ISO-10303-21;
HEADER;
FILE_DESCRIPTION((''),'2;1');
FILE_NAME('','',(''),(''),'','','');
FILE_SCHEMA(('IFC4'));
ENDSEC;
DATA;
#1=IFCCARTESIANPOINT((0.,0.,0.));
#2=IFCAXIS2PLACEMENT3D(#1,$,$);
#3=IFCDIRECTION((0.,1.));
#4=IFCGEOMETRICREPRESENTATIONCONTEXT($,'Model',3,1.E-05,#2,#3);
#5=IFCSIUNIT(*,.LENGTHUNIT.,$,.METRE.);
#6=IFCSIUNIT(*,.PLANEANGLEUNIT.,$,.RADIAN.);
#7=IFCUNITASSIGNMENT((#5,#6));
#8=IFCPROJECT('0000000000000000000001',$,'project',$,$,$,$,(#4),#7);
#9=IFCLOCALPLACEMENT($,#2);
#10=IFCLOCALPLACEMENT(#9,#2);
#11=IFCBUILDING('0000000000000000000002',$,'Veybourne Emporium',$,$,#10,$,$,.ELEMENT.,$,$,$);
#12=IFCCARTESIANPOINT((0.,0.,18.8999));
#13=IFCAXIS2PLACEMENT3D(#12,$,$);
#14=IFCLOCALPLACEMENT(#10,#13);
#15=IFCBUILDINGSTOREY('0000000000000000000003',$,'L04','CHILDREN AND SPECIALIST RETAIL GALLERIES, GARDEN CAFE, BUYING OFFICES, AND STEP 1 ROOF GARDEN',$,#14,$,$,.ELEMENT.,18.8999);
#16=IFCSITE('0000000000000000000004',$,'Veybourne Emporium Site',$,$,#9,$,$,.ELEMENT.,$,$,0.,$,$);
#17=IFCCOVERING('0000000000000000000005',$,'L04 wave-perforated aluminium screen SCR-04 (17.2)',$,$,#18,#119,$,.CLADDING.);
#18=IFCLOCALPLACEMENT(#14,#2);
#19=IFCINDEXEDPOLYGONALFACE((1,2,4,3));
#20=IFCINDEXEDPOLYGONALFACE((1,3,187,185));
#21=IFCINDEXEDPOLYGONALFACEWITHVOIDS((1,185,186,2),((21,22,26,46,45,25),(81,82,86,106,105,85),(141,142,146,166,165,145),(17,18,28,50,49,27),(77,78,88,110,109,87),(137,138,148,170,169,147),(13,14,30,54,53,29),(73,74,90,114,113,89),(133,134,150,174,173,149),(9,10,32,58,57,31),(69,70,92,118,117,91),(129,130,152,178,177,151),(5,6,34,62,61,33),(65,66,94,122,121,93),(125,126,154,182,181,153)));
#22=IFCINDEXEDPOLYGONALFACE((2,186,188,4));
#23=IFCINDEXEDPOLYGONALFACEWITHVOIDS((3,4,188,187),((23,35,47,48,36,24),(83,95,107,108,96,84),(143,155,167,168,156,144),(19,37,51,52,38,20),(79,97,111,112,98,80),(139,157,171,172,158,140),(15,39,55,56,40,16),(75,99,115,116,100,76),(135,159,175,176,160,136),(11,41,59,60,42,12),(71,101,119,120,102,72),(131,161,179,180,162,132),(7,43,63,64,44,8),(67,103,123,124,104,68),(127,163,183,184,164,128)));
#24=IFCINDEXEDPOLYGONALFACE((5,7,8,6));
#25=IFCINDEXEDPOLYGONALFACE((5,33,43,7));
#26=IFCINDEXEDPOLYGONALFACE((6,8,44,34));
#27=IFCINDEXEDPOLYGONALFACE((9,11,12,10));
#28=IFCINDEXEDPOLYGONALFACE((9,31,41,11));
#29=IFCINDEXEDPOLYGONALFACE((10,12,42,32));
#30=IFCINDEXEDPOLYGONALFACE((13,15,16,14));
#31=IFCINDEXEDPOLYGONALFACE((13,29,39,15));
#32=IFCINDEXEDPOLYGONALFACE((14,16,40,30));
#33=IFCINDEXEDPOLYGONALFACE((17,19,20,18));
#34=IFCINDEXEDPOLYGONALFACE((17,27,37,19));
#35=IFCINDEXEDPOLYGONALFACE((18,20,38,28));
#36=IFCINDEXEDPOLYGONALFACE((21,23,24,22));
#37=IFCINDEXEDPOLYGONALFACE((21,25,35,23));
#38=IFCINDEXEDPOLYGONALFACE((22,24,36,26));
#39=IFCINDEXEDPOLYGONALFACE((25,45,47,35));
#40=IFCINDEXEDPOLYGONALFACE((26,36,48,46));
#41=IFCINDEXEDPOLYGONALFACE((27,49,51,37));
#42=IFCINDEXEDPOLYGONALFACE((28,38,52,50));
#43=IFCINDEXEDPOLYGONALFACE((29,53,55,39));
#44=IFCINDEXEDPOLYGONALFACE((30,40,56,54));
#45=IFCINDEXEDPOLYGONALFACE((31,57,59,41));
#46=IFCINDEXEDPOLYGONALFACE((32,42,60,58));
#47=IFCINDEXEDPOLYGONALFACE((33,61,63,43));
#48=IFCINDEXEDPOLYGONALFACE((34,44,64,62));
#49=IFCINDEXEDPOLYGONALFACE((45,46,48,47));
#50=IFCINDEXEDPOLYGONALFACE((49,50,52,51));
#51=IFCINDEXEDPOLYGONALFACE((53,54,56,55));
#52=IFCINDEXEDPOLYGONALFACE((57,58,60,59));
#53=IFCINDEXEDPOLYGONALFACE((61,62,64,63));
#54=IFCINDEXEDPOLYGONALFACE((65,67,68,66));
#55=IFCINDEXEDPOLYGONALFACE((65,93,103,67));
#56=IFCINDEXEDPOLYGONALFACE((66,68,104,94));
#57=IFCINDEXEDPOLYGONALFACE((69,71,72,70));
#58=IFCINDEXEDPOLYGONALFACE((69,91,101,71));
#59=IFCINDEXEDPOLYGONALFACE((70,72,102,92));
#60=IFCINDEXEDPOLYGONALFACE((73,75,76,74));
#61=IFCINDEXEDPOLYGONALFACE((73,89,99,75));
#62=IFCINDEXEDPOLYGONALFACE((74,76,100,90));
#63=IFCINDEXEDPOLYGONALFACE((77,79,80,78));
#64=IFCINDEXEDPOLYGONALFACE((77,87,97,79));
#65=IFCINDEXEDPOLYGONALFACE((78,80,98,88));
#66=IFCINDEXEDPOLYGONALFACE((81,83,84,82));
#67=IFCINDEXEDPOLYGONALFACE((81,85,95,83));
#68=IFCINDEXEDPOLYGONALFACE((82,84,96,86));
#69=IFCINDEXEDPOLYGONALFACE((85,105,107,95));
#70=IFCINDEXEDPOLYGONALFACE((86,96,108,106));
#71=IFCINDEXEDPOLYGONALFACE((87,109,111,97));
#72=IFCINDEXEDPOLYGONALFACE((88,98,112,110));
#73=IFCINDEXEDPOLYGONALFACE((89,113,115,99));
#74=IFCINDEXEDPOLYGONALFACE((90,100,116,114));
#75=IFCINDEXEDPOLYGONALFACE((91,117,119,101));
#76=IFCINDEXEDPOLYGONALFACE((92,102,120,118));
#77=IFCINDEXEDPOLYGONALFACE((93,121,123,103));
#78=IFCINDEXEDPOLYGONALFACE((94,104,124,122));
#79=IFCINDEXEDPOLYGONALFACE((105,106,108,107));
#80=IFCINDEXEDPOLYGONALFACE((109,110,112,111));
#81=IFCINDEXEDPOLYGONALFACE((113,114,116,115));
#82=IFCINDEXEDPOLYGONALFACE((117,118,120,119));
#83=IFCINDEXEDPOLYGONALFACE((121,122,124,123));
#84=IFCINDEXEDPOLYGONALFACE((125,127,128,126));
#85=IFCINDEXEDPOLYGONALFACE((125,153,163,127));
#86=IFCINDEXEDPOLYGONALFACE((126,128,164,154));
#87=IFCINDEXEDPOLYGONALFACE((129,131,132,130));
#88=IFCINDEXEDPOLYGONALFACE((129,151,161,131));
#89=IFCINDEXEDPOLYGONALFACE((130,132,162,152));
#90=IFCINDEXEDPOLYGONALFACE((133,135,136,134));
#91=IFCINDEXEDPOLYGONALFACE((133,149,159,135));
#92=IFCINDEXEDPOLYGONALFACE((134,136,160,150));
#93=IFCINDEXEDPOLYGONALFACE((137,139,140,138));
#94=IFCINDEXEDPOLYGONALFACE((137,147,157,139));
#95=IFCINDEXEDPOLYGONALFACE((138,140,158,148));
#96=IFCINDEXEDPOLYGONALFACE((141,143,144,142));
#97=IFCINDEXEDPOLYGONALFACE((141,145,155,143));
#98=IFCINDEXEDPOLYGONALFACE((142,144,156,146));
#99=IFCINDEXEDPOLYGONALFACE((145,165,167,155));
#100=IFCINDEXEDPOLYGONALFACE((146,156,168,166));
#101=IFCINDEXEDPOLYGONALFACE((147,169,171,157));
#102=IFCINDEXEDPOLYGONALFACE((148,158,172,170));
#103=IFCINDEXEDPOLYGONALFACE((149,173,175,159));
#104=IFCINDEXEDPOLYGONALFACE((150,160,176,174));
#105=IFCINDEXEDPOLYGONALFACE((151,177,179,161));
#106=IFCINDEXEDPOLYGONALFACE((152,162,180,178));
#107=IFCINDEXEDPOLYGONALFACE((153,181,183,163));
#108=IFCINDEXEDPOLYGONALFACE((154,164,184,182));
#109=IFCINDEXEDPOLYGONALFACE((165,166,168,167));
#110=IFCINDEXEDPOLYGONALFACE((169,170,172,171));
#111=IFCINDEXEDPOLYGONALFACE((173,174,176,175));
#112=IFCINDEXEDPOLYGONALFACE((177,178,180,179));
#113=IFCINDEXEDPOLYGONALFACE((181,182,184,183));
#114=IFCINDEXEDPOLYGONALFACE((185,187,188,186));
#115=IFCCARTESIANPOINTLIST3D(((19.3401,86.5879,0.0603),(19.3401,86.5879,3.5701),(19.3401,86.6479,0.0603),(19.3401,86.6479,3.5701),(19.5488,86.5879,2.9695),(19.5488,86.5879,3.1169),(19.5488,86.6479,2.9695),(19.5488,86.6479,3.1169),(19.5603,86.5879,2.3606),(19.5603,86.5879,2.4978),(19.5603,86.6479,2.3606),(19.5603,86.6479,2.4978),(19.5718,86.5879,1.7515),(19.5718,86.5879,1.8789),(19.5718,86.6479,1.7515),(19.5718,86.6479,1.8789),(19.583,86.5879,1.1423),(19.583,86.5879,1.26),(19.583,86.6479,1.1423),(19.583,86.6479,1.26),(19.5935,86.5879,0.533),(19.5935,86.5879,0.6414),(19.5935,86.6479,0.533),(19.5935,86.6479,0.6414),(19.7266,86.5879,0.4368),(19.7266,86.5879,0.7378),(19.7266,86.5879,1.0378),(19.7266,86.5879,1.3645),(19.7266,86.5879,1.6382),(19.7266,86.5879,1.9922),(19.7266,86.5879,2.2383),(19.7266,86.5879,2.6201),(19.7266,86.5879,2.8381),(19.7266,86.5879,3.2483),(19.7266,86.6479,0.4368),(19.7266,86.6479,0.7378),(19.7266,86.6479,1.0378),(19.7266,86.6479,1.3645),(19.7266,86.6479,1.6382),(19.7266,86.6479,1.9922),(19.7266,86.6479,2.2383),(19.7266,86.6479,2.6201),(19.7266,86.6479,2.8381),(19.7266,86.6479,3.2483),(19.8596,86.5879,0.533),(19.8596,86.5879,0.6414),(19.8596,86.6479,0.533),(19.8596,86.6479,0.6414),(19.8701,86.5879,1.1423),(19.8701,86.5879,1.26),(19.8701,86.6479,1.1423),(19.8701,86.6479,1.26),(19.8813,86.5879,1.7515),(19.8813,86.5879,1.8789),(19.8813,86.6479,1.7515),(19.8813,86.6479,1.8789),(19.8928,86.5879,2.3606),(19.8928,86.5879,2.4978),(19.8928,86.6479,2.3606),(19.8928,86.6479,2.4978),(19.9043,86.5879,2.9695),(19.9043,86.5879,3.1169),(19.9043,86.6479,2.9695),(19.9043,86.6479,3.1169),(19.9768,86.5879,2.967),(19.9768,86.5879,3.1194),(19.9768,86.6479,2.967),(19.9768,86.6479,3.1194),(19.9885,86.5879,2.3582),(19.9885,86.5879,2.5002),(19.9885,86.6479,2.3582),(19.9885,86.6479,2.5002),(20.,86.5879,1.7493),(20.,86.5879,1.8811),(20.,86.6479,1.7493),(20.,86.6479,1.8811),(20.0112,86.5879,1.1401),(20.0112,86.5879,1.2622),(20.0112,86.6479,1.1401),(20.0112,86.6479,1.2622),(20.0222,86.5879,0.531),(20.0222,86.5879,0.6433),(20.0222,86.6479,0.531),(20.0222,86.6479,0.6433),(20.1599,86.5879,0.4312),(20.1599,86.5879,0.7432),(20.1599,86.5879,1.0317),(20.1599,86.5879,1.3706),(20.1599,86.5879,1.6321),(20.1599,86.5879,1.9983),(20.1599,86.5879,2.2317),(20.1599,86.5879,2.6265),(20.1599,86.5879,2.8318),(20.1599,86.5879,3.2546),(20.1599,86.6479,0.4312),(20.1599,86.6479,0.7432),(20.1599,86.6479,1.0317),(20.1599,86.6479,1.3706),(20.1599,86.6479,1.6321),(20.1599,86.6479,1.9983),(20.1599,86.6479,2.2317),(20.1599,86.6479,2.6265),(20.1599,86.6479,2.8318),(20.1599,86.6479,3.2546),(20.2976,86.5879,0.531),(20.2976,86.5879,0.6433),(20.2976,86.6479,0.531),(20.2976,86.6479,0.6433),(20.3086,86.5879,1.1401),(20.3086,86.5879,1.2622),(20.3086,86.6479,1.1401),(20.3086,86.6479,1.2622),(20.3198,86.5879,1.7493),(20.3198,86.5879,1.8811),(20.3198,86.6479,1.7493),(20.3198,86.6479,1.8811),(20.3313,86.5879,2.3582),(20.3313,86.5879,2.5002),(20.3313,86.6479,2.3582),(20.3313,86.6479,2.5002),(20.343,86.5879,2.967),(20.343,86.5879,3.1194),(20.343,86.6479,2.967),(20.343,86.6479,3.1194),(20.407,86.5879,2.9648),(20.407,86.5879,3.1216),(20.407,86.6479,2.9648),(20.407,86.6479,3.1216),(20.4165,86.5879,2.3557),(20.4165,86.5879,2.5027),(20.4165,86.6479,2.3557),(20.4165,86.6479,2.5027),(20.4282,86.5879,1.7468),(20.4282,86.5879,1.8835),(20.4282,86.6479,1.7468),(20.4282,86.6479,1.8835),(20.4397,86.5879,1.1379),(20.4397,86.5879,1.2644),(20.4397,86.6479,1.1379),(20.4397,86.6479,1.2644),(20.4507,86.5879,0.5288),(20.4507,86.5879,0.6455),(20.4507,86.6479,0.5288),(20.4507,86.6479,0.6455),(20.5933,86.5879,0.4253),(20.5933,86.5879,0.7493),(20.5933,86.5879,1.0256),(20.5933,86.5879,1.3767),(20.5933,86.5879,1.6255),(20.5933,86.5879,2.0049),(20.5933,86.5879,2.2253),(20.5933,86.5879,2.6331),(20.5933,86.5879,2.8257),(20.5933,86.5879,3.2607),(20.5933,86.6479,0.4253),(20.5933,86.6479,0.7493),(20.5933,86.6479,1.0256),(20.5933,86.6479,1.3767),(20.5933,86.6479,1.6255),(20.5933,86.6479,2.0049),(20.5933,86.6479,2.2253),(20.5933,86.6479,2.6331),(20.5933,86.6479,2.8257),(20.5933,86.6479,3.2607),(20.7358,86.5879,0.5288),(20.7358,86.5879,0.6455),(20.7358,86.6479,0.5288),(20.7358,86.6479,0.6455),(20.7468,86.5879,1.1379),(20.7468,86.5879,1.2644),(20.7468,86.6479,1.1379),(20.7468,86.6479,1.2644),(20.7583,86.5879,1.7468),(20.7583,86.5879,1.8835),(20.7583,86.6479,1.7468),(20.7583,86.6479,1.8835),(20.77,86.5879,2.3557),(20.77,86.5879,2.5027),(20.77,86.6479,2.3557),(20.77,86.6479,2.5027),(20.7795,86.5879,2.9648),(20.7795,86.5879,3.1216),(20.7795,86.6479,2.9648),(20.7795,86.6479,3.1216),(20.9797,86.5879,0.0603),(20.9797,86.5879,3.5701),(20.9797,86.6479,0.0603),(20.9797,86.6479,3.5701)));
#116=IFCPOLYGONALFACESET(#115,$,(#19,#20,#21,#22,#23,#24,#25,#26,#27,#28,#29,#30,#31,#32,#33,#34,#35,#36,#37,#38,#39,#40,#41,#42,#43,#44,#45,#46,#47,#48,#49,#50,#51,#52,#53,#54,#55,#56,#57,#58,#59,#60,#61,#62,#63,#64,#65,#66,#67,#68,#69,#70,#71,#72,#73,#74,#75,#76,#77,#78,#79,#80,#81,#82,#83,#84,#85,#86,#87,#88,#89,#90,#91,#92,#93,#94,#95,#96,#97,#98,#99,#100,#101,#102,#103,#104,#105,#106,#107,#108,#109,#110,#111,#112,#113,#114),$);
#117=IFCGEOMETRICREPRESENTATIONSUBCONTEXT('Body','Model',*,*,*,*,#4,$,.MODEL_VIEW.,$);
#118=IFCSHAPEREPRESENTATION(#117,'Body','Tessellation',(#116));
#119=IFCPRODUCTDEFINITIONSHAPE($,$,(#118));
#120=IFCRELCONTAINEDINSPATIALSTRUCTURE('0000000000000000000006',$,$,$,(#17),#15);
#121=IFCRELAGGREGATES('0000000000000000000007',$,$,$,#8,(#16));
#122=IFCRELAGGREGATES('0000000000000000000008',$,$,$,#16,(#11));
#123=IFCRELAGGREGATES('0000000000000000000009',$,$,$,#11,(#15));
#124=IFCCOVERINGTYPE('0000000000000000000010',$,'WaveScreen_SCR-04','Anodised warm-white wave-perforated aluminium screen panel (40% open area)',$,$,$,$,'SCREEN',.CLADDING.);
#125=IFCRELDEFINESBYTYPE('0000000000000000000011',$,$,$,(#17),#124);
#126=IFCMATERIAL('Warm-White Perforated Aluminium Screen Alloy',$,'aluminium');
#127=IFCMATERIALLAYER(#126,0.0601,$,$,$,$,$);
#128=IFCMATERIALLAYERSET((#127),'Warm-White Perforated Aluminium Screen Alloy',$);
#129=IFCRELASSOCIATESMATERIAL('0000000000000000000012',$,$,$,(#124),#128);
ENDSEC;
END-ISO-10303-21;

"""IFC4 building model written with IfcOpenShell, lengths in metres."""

from ifc_helpers import new_model, si_unit, direction, frame, origin, place, context, subcontext, project, spatial, polyline, outline, extrude, material, layer, layer_set, type_object, element, save


model = new_model("IFC4")

# Units and contexts
model_context = context("Model", 3, precision=1e-05, world=origin(), true_north=direction((0.0, 1.0)))
body_context = subcontext(model_context, "Body", "Model", "MODEL_VIEW")
ifc_project = project(units=[si_unit("LENGTHUNIT", "METRE"), si_unit("PLANEANGLEUNIT", "RADIAN")], contexts=[model_context])

# Site, building, storey
site_placement = place(None, origin())
site = spatial("IfcSite", under=ifc_project, at=site_placement, Name="Veybourne Emporium Site", CompositionType="ELEMENT", RefElevation=0.0)
building_placement = place(site_placement, origin())
building = spatial("IfcBuilding", under=site, at=building_placement, Name="Veybourne Emporium", CompositionType="ELEMENT")
storey_placement = place(building_placement, frame((0.0, 0.0, 18.8999)))
storey = spatial("IfcBuildingStorey", under=building, at=storey_placement, Name="L04", Description="CHILDREN AND SPECIALIST RETAIL GALLERIES, GARDEN CAFE, BUYING OFFICES, AND STEP 1 ROOF GARDEN", CompositionType="ELEMENT", Elevation=18.8999)

# Covering
ifc_material_1 = material(Name="Warm-White Perforated Aluminium Screen Alloy", Category="aluminium")
ifc_layer_1 = layer(ifc_material_1, 0.0601)
ifc_layer_set_1 = layer_set([ifc_layer_1], Name="Warm-White Perforated Aluminium Screen Alloy")
covering_type_1 = type_object("IfcCoveringType", Name="WaveScreen_SCR-04", Description="Anodised warm-white wave-perforated aluminium screen panel (40% open area)", ElementType="SCREEN", PredefinedType="CLADDING", material=ifc_layer_set_1)
covering_1_placement = place(storey_placement, frame((20.1599, 86.6479, 1.8152), z_axis=(0.0, -1.0, 0.0), x_axis=(1.0, 0.0, 0.0)))
element("IfcCovering", 1, at=covering_1_placement, inside=storey, type_object=covering_type_1, Name="L04 wave-perforated aluminium screen SCR-04 (17.2)", PredefinedType="CLADDING", context=body_context, shape_type="SweptSolid", body=[
    extrude(outline(polyline([(-0.8198, -1.7549), (0.8198, -1.7549), (0.8198, 1.7549), (-0.8198, 1.7549), (-0.8198, -1.7549)]), holes=[polyline([(-0.4333, -1.0774), (-0.3003, -1.1738), (-0.3003, -1.2822), (-0.4333, -1.3784), (-0.5664, -1.2822), (-0.5664, -1.1738), (-0.4333, -1.0774)]), polyline([(-0.4333, -0.4507), (-0.2898, -0.5552), (-0.2898, -0.6729), (-0.4333, -0.7773), (-0.5769, -0.6729), (-0.5769, -0.5552), (-0.4333, -0.4507)]), polyline([(-0.4333, 0.177), (-0.2786, 0.0637), (-0.2786, -0.0637), (-0.4333, -0.177), (-0.5881, -0.0637), (-0.5881, 0.0637), (-0.4333, 0.177)]), polyline([(-0.4333, 0.8049), (-0.2671, 0.6826), (-0.2671, 0.5454), (-0.4333, 0.4231), (-0.5996, 0.5454), (-0.5996, 0.6826), (-0.4333, 0.8049)]), polyline([(-0.4333, 1.4331), (-0.2556, 1.3018), (-0.2556, 1.1543), (-0.4333, 1.0229), (-0.6111, 1.1543), (-0.6111, 1.3018), (-0.4333, 1.4331)]), polyline([(0.0, -1.072), (0.1377, -1.1719), (0.1377, -1.2842), (0.0, -1.384), (-0.1377, -1.2842), (-0.1377, -1.1719), (0.0, -1.072)]), polyline([(0.0, -0.4446), (0.1487, -0.553), (0.1487, -0.675), (0.0, -0.7834), (-0.1487, -0.675), (-0.1487, -0.553), (0.0, -0.4446)]), polyline([(0.0, 0.1831), (0.1599, 0.0659), (0.1599, -0.0659), (0.0, -0.1831), (-0.1599, -0.0659), (-0.1599, 0.0659), (0.0, 0.1831)]), polyline([(0.0, 0.8113), (0.1714, 0.6851), (0.1714, 0.543), (0.0, 0.4165), (-0.1714, 0.543), (-0.1714, 0.6851), (0.0, 0.8113)]), polyline([(0.0, 1.4395), (0.1831, 1.3042), (0.1831, 1.1519), (0.0, 1.0166), (-0.1831, 1.1519), (-0.1831, 1.3042), (0.0, 1.4395)]), polyline([(0.4333, -1.0659), (0.5759, -1.1697), (0.5759, -1.2864), (0.4333, -1.3899), (0.2908, -1.2864), (0.2908, -1.1697), (0.4333, -1.0659)]), polyline([(0.4333, -0.4385), (0.5869, -0.5508), (0.5869, -0.6772), (0.4333, -0.7896), (0.2798, -0.6772), (0.2798, -0.5508), (0.4333, -0.4385)]), polyline([(0.4333, 0.1897), (0.5984, 0.0684), (0.5984, -0.0684), (0.4333, -0.1897), (0.2683, -0.0684), (0.2683, 0.0684), (0.4333, 0.1897)]), polyline([(0.4333, 0.8179), (0.6101, 0.6875), (0.6101, 0.5405), (0.4333, 0.4102), (0.2566, 0.5405), (0.2566, 0.6875), (0.4333, 0.8179)]), polyline([(0.4333, 1.4456), (0.6196, 1.3064), (0.6196, 1.1497), (0.4333, 1.0105), (0.2471, 1.1497), (0.2471, 1.3064), (0.4333, 1.4456)])]), origin(), (0.0, 0.0, 1.0), 0.0601),
])

save(model, "model.ifc")
